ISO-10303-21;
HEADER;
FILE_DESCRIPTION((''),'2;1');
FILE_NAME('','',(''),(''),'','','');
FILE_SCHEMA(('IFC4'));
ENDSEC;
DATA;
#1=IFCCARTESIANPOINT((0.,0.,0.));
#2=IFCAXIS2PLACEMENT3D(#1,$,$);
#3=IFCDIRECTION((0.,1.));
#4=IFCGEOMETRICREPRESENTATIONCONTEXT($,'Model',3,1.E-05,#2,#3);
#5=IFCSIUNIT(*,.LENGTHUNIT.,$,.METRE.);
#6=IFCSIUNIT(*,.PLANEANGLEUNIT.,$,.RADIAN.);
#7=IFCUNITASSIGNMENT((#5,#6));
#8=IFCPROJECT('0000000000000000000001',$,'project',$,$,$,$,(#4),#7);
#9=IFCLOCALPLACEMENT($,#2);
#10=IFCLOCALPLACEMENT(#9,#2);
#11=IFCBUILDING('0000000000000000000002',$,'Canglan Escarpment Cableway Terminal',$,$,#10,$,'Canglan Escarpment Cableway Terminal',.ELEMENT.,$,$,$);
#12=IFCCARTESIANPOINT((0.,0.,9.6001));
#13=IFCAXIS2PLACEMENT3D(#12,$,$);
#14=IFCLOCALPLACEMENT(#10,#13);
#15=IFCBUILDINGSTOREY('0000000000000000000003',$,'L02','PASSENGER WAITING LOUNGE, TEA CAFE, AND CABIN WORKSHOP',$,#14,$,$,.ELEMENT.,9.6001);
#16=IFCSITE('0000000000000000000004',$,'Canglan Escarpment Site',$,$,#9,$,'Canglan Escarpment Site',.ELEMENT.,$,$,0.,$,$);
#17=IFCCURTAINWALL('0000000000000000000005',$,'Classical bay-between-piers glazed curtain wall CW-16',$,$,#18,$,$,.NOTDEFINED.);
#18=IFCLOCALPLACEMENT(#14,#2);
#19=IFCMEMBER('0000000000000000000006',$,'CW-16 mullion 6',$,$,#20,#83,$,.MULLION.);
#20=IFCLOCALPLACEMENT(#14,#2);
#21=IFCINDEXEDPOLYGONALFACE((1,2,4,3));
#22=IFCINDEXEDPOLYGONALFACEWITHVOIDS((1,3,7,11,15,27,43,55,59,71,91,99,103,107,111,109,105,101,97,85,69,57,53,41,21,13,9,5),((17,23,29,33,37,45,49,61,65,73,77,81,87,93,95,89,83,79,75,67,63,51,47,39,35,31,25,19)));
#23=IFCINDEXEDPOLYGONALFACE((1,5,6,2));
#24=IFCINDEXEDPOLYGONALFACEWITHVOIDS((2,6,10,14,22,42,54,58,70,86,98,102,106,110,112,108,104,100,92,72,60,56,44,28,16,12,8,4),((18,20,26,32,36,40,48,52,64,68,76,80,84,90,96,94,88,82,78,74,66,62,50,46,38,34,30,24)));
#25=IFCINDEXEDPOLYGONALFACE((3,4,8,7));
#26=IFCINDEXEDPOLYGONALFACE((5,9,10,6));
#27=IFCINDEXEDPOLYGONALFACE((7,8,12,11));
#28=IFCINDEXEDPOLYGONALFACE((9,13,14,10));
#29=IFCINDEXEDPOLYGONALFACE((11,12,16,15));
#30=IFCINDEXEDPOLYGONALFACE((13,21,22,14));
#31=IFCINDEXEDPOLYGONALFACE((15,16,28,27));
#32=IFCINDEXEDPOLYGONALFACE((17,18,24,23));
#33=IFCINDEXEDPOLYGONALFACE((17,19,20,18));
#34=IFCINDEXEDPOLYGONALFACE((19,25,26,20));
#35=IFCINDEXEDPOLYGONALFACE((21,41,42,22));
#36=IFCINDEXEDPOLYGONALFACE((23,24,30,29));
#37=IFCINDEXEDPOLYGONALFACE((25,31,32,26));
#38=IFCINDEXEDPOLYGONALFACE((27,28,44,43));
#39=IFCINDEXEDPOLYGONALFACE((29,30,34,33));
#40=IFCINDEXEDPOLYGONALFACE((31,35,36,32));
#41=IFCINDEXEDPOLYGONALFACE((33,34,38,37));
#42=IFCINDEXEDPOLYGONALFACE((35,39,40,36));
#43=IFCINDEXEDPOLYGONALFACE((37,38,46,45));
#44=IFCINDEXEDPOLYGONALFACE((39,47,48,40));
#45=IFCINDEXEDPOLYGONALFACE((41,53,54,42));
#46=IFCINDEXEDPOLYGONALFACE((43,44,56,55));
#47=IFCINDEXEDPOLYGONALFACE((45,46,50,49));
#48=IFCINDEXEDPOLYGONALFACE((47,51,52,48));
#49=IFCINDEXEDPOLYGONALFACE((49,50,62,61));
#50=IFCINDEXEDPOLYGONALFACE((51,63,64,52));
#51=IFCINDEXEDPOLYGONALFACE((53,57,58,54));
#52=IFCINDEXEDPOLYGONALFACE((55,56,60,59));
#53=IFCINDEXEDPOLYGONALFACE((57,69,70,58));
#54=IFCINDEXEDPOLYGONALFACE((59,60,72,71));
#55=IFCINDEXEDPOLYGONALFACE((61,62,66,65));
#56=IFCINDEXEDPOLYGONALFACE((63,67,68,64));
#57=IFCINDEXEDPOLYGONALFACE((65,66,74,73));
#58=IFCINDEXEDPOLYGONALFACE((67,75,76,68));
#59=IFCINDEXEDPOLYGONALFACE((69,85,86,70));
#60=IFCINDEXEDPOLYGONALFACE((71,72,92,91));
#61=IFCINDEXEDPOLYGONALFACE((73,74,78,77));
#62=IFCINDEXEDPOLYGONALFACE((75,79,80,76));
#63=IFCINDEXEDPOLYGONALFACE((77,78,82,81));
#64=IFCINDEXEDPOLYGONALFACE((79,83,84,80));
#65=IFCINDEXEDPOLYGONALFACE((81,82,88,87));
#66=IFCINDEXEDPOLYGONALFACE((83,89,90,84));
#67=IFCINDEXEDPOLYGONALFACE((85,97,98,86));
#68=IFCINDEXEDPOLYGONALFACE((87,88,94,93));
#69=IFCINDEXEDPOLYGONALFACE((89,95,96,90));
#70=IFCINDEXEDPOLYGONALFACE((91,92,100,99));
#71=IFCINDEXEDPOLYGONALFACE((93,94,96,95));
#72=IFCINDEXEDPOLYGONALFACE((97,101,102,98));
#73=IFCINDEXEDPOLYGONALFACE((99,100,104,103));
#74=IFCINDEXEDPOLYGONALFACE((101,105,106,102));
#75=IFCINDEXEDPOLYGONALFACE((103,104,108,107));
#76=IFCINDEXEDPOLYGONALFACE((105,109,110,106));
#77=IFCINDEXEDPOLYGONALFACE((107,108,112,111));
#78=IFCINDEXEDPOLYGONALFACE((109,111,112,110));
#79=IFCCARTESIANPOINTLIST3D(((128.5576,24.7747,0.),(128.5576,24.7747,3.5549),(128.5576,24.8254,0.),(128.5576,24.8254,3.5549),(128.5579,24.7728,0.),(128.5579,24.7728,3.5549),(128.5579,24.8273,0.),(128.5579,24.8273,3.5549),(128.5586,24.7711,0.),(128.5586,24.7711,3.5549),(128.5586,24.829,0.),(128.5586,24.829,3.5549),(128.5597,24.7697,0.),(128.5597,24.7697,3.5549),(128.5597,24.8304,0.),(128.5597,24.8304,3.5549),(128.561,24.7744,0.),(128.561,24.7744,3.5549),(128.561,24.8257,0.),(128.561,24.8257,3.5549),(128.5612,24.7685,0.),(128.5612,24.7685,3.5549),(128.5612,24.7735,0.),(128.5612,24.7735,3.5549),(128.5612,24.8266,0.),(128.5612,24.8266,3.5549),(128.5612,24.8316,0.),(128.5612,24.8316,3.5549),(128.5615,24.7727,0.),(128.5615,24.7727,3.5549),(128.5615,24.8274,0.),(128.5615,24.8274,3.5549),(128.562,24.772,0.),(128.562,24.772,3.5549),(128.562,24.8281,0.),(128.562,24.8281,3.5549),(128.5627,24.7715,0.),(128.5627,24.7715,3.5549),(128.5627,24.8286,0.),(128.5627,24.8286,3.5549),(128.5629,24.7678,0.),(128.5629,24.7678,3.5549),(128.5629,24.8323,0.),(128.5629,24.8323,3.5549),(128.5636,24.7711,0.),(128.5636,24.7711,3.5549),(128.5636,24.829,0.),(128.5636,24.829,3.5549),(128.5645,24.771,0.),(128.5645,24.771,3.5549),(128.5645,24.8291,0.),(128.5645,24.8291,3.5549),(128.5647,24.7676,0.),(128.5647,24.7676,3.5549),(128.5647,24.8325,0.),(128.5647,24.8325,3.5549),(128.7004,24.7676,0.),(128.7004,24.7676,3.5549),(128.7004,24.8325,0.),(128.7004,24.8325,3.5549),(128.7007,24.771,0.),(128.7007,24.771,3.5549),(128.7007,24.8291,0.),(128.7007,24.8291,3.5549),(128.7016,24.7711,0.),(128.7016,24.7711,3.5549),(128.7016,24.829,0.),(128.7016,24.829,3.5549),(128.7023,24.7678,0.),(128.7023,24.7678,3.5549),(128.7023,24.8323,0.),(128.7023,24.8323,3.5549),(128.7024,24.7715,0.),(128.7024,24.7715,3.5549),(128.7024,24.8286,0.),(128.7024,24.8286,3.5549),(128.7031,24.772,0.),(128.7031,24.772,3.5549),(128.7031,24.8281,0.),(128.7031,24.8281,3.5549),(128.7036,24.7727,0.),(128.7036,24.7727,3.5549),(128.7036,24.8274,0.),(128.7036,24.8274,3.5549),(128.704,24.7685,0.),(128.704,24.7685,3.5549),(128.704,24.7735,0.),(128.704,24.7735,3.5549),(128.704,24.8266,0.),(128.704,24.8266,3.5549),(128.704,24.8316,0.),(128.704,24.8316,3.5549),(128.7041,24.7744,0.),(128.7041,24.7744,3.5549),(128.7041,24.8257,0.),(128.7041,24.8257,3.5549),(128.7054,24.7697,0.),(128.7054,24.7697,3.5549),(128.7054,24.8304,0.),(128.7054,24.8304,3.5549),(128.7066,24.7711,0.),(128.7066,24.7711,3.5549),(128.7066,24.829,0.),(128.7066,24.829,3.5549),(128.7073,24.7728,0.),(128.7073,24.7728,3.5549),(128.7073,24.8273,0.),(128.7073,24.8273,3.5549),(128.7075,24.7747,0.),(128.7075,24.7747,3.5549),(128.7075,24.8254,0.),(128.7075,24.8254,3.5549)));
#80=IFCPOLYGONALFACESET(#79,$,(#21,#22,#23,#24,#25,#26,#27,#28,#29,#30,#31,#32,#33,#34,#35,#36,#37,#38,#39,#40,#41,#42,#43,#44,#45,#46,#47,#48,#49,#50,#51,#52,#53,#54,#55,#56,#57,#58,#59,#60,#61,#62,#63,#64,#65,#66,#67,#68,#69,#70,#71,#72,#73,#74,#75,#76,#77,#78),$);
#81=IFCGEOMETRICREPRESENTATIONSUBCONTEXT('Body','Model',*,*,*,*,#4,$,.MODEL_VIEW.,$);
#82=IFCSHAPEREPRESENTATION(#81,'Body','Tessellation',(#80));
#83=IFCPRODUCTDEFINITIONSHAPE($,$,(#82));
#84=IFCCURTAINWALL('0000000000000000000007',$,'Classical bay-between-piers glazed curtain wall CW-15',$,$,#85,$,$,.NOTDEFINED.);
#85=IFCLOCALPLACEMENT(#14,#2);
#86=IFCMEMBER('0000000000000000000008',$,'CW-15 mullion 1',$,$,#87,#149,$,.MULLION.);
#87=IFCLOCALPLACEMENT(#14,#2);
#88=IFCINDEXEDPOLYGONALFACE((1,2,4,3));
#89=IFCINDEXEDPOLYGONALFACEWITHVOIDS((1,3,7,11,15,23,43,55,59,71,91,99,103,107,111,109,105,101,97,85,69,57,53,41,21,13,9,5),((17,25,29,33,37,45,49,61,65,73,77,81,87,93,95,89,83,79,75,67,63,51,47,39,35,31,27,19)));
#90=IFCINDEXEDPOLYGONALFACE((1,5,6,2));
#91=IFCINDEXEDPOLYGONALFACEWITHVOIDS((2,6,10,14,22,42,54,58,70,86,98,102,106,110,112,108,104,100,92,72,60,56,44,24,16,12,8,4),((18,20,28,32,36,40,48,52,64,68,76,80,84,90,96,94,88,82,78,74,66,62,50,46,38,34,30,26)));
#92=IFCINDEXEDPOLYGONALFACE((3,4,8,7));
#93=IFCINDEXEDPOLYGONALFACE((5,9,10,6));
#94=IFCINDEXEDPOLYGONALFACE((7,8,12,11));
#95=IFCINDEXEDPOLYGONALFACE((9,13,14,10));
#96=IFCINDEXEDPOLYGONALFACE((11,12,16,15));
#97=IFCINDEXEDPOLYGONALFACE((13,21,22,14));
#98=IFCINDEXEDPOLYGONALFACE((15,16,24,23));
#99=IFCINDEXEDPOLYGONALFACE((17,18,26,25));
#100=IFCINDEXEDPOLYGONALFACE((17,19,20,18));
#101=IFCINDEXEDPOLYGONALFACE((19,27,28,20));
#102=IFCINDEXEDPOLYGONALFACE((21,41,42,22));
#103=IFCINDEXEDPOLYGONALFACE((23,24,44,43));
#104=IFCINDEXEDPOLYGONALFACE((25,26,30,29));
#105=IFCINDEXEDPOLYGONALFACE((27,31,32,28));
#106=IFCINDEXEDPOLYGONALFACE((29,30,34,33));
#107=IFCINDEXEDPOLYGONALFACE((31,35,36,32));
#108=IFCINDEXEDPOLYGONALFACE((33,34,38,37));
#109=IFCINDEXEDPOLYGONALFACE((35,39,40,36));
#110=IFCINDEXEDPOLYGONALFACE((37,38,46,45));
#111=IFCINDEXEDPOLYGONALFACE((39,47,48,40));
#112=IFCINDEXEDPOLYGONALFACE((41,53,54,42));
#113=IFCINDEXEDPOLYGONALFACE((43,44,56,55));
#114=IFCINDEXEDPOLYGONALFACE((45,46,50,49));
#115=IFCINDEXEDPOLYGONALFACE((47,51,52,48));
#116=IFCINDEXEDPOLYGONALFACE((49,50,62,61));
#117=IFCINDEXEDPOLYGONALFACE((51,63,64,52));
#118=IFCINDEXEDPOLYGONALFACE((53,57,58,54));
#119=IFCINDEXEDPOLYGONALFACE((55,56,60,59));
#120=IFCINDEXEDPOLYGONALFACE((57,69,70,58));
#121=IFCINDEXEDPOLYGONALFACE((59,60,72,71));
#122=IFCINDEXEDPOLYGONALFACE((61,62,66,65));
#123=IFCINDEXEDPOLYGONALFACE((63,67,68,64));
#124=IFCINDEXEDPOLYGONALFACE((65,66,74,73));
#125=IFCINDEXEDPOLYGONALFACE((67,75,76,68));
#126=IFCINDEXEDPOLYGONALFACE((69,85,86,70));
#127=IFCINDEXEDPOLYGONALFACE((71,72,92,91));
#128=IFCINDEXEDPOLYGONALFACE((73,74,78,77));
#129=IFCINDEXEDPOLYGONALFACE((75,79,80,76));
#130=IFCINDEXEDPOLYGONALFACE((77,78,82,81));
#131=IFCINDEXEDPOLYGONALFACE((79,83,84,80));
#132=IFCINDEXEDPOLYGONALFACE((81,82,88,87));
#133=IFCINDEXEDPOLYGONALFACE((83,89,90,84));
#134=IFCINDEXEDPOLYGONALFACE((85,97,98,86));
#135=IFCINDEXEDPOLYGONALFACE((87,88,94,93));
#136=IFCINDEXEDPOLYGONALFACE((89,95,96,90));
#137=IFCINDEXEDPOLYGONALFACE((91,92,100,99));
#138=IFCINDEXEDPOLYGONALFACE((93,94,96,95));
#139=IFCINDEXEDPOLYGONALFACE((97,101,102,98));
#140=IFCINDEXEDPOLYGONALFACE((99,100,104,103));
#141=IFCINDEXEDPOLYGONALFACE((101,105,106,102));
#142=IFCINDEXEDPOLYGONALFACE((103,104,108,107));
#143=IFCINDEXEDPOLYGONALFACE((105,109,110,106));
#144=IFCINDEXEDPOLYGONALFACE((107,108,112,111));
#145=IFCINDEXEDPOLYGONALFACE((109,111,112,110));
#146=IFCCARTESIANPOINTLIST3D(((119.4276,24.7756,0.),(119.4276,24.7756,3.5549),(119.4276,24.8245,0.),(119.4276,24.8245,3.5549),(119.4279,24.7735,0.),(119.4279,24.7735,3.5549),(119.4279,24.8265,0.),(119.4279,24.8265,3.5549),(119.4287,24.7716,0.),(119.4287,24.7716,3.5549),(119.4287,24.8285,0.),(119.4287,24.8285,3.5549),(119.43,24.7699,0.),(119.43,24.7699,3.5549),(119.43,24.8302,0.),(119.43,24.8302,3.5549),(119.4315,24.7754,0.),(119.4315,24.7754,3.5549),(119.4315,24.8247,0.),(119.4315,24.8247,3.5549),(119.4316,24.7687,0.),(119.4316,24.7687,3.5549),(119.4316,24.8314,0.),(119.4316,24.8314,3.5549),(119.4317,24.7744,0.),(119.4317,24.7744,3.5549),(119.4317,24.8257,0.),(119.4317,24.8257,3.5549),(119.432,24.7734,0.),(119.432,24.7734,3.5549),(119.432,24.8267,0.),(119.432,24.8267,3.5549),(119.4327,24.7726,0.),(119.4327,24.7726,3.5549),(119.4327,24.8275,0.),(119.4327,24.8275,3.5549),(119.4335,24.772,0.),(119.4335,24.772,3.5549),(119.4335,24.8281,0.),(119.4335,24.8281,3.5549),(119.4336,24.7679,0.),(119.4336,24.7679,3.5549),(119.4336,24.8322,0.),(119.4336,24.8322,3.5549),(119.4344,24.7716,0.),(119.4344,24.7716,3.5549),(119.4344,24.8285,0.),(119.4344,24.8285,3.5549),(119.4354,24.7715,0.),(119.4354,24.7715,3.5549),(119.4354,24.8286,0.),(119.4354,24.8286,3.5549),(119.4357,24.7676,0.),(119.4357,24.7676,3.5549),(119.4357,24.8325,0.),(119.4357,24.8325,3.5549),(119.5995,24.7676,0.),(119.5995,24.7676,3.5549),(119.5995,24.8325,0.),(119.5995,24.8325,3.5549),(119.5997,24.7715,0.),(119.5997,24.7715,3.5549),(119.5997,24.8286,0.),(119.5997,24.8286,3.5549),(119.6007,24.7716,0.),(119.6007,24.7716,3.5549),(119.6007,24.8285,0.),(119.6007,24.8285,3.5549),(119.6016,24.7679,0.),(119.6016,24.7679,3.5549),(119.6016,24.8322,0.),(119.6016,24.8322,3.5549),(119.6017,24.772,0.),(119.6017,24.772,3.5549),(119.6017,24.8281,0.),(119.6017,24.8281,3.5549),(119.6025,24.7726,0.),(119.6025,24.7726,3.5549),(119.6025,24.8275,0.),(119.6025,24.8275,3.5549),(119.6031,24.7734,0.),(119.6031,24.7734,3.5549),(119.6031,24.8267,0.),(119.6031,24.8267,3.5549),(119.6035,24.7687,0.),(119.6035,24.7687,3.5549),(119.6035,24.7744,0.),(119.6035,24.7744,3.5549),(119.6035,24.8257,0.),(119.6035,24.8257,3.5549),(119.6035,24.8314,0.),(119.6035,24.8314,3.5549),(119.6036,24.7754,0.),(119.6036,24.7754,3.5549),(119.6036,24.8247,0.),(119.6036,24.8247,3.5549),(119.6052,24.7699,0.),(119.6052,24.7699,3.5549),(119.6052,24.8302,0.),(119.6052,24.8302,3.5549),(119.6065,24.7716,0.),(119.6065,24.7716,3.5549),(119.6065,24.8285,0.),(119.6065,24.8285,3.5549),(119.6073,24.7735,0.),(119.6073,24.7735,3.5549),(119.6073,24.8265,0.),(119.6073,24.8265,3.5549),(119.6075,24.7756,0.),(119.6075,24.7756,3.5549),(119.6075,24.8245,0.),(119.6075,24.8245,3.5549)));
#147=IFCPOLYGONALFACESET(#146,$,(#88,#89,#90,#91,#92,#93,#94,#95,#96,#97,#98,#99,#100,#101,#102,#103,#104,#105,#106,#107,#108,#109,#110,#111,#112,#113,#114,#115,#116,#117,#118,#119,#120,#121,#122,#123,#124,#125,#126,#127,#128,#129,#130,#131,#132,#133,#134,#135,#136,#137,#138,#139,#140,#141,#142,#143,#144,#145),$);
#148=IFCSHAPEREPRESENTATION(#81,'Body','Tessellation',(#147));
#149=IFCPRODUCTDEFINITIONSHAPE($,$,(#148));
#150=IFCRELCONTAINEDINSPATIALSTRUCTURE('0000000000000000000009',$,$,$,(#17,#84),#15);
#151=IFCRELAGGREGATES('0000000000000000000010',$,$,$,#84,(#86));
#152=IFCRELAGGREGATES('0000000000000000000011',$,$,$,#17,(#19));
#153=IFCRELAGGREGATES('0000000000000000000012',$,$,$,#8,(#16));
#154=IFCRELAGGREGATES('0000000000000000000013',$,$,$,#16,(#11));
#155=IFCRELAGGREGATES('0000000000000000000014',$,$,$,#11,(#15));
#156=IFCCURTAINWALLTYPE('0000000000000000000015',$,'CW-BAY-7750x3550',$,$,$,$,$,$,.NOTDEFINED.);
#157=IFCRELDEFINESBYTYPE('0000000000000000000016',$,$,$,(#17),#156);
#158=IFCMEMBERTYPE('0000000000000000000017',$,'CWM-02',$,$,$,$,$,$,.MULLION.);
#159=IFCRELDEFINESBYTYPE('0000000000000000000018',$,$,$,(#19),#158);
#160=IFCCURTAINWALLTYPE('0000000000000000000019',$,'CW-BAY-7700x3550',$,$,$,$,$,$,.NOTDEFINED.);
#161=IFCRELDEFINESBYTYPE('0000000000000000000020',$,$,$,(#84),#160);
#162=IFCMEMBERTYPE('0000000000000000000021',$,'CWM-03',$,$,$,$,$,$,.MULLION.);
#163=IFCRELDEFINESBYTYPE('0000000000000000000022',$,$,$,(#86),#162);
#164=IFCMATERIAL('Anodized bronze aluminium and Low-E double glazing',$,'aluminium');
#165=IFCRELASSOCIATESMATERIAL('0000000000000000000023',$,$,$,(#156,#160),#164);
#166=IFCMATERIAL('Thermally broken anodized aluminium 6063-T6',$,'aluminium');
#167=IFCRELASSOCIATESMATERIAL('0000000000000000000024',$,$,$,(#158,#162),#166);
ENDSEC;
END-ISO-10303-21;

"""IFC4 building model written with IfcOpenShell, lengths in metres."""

from ifc_helpers import new_model, si_unit, direction, frame, origin, origin_2d, place, context, subcontext, project, spatial, hollow_rectangle, extrude, material, material_profile, profile_set, type_object, element, aggregate, save


model = new_model("IFC4")

# Units and contexts
model_context = context("Model", 3, precision=1e-05, world=origin(), true_north=direction((0.0, 1.0)))
body_context = subcontext(model_context, "Body", "Model", "MODEL_VIEW")
ifc_project = project(units=[si_unit("LENGTHUNIT", "METRE"), si_unit("PLANEANGLEUNIT", "RADIAN")], contexts=[model_context])

# Site, building, storey
site_placement = place(None, origin())
site = spatial("IfcSite", under=ifc_project, at=site_placement, Name="Canglan Escarpment Site", LongName="Canglan Escarpment Site", CompositionType="ELEMENT", RefElevation=0.0)
building_placement = place(site_placement, origin())
building = spatial("IfcBuilding", under=site, at=building_placement, Name="Canglan Escarpment Cableway Terminal", LongName="Canglan Escarpment Cableway Terminal", CompositionType="ELEMENT")
storey_placement = place(building_placement, frame((0.0, 0.0, 9.6001)))
storey = spatial("IfcBuildingStorey", under=building, at=storey_placement, Name="L02", Description="PASSENGER WAITING LOUNGE, TEA CAFE, AND CABIN WORKSHOP", CompositionType="ELEMENT", Elevation=9.6001)

# Curtain wall, member
ifc_material_1 = material(Name="Anodized bronze aluminium and Low-E double glazing", Category="aluminium")
curtain_wall_type_1 = type_object("IfcCurtainWallType", Name="CW-BAY-7750x3550", PredefinedType="NOTDEFINED", material=ifc_material_1)
curtain_wall_1_placement = place(storey_placement, origin())
curtain_wall_1 = element("IfcCurtainWall", 1, at=curtain_wall_1_placement, inside=storey, type_object=curtain_wall_type_1, Name="Classical bay-between-piers glazed curtain wall CW-16", PredefinedType="NOTDEFINED")
ifc_material_2 = material(Name="Thermally broken anodized aluminium 6063-T6", Category="aluminium")
ifc_material_profile_1 = material_profile(ifc_material_2, hollow_rectangle(XDim=0.0649, YDim=0.1499, WallThickness=0.0034, InnerFilletRadius=0.0034, OuterFilletRadius=0.0071, at=origin_2d()), Name="ALU-MULL 65x150x3.5")
ifc_profile_set_1 = profile_set([ifc_material_profile_1], Name="Thermally broken anodized aluminium 6063-T6")
member_type_1 = type_object("IfcMemberType", Name="CWM-02", PredefinedType="MULLION", material=ifc_profile_set_1)
member_1_placement = place(storey_placement, frame((128.6326, 24.8, 0.0), z_axis=(0.0, 0.0, 1.0), x_axis=(0.0, -1.0, 0.0)))
member_1 = element("IfcMember", 2, at=member_1_placement, type_object=member_type_1, Name="CW-16 mullion 6", PredefinedType="MULLION", context=body_context, shape_type="SweptSolid", body=[
    extrude(hollow_rectangle(XDim=0.0649, YDim=0.1499, WallThickness=0.0034, InnerFilletRadius=0.0034, OuterFilletRadius=0.0071, at=origin_2d()), origin(), (0.0, 0.0, 1.0), 3.5549),
])

# Curtain wall, member
curtain_wall_type_2 = type_object("IfcCurtainWallType", Name="CW-BAY-7700x3550", PredefinedType="NOTDEFINED", material=ifc_material_1)
curtain_wall_2_placement = place(storey_placement, origin())
curtain_wall_2 = element("IfcCurtainWall", 3, at=curtain_wall_2_placement, inside=storey, type_object=curtain_wall_type_2, Name="Classical bay-between-piers glazed curtain wall CW-15", PredefinedType="NOTDEFINED")
ifc_material_profile_2 = material_profile(ifc_material_2, hollow_rectangle(XDim=0.0649, YDim=0.1799, WallThickness=0.0039, InnerFilletRadius=0.0039, OuterFilletRadius=0.0081, at=origin_2d()), Name="ALU-MULL 65x180x4")
ifc_profile_set_2 = profile_set([ifc_material_profile_2], Name="Thermally broken anodized aluminium 6063-T6")
member_type_2 = type_object("IfcMemberType", Name="CWM-03", PredefinedType="MULLION", material=ifc_profile_set_2)
member_2_placement = place(storey_placement, frame((119.5176, 24.8, 0.0), z_axis=(0.0, 0.0, 1.0), x_axis=(0.0, -1.0, 0.0)))
member_2 = element("IfcMember", 4, at=member_2_placement, type_object=member_type_2, Name="CW-15 mullion 1", PredefinedType="MULLION", context=body_context, shape_type="SweptSolid", body=[
    extrude(hollow_rectangle(XDim=0.0649, YDim=0.1799, WallThickness=0.0039, InnerFilletRadius=0.0039, OuterFilletRadius=0.0081, at=origin_2d()), origin(), (0.0, 0.0, 1.0), 3.5549),
])

aggregate(curtain_wall_2, [member_2])

aggregate(curtain_wall_1, [member_1])

save(model, "model.ifc")
